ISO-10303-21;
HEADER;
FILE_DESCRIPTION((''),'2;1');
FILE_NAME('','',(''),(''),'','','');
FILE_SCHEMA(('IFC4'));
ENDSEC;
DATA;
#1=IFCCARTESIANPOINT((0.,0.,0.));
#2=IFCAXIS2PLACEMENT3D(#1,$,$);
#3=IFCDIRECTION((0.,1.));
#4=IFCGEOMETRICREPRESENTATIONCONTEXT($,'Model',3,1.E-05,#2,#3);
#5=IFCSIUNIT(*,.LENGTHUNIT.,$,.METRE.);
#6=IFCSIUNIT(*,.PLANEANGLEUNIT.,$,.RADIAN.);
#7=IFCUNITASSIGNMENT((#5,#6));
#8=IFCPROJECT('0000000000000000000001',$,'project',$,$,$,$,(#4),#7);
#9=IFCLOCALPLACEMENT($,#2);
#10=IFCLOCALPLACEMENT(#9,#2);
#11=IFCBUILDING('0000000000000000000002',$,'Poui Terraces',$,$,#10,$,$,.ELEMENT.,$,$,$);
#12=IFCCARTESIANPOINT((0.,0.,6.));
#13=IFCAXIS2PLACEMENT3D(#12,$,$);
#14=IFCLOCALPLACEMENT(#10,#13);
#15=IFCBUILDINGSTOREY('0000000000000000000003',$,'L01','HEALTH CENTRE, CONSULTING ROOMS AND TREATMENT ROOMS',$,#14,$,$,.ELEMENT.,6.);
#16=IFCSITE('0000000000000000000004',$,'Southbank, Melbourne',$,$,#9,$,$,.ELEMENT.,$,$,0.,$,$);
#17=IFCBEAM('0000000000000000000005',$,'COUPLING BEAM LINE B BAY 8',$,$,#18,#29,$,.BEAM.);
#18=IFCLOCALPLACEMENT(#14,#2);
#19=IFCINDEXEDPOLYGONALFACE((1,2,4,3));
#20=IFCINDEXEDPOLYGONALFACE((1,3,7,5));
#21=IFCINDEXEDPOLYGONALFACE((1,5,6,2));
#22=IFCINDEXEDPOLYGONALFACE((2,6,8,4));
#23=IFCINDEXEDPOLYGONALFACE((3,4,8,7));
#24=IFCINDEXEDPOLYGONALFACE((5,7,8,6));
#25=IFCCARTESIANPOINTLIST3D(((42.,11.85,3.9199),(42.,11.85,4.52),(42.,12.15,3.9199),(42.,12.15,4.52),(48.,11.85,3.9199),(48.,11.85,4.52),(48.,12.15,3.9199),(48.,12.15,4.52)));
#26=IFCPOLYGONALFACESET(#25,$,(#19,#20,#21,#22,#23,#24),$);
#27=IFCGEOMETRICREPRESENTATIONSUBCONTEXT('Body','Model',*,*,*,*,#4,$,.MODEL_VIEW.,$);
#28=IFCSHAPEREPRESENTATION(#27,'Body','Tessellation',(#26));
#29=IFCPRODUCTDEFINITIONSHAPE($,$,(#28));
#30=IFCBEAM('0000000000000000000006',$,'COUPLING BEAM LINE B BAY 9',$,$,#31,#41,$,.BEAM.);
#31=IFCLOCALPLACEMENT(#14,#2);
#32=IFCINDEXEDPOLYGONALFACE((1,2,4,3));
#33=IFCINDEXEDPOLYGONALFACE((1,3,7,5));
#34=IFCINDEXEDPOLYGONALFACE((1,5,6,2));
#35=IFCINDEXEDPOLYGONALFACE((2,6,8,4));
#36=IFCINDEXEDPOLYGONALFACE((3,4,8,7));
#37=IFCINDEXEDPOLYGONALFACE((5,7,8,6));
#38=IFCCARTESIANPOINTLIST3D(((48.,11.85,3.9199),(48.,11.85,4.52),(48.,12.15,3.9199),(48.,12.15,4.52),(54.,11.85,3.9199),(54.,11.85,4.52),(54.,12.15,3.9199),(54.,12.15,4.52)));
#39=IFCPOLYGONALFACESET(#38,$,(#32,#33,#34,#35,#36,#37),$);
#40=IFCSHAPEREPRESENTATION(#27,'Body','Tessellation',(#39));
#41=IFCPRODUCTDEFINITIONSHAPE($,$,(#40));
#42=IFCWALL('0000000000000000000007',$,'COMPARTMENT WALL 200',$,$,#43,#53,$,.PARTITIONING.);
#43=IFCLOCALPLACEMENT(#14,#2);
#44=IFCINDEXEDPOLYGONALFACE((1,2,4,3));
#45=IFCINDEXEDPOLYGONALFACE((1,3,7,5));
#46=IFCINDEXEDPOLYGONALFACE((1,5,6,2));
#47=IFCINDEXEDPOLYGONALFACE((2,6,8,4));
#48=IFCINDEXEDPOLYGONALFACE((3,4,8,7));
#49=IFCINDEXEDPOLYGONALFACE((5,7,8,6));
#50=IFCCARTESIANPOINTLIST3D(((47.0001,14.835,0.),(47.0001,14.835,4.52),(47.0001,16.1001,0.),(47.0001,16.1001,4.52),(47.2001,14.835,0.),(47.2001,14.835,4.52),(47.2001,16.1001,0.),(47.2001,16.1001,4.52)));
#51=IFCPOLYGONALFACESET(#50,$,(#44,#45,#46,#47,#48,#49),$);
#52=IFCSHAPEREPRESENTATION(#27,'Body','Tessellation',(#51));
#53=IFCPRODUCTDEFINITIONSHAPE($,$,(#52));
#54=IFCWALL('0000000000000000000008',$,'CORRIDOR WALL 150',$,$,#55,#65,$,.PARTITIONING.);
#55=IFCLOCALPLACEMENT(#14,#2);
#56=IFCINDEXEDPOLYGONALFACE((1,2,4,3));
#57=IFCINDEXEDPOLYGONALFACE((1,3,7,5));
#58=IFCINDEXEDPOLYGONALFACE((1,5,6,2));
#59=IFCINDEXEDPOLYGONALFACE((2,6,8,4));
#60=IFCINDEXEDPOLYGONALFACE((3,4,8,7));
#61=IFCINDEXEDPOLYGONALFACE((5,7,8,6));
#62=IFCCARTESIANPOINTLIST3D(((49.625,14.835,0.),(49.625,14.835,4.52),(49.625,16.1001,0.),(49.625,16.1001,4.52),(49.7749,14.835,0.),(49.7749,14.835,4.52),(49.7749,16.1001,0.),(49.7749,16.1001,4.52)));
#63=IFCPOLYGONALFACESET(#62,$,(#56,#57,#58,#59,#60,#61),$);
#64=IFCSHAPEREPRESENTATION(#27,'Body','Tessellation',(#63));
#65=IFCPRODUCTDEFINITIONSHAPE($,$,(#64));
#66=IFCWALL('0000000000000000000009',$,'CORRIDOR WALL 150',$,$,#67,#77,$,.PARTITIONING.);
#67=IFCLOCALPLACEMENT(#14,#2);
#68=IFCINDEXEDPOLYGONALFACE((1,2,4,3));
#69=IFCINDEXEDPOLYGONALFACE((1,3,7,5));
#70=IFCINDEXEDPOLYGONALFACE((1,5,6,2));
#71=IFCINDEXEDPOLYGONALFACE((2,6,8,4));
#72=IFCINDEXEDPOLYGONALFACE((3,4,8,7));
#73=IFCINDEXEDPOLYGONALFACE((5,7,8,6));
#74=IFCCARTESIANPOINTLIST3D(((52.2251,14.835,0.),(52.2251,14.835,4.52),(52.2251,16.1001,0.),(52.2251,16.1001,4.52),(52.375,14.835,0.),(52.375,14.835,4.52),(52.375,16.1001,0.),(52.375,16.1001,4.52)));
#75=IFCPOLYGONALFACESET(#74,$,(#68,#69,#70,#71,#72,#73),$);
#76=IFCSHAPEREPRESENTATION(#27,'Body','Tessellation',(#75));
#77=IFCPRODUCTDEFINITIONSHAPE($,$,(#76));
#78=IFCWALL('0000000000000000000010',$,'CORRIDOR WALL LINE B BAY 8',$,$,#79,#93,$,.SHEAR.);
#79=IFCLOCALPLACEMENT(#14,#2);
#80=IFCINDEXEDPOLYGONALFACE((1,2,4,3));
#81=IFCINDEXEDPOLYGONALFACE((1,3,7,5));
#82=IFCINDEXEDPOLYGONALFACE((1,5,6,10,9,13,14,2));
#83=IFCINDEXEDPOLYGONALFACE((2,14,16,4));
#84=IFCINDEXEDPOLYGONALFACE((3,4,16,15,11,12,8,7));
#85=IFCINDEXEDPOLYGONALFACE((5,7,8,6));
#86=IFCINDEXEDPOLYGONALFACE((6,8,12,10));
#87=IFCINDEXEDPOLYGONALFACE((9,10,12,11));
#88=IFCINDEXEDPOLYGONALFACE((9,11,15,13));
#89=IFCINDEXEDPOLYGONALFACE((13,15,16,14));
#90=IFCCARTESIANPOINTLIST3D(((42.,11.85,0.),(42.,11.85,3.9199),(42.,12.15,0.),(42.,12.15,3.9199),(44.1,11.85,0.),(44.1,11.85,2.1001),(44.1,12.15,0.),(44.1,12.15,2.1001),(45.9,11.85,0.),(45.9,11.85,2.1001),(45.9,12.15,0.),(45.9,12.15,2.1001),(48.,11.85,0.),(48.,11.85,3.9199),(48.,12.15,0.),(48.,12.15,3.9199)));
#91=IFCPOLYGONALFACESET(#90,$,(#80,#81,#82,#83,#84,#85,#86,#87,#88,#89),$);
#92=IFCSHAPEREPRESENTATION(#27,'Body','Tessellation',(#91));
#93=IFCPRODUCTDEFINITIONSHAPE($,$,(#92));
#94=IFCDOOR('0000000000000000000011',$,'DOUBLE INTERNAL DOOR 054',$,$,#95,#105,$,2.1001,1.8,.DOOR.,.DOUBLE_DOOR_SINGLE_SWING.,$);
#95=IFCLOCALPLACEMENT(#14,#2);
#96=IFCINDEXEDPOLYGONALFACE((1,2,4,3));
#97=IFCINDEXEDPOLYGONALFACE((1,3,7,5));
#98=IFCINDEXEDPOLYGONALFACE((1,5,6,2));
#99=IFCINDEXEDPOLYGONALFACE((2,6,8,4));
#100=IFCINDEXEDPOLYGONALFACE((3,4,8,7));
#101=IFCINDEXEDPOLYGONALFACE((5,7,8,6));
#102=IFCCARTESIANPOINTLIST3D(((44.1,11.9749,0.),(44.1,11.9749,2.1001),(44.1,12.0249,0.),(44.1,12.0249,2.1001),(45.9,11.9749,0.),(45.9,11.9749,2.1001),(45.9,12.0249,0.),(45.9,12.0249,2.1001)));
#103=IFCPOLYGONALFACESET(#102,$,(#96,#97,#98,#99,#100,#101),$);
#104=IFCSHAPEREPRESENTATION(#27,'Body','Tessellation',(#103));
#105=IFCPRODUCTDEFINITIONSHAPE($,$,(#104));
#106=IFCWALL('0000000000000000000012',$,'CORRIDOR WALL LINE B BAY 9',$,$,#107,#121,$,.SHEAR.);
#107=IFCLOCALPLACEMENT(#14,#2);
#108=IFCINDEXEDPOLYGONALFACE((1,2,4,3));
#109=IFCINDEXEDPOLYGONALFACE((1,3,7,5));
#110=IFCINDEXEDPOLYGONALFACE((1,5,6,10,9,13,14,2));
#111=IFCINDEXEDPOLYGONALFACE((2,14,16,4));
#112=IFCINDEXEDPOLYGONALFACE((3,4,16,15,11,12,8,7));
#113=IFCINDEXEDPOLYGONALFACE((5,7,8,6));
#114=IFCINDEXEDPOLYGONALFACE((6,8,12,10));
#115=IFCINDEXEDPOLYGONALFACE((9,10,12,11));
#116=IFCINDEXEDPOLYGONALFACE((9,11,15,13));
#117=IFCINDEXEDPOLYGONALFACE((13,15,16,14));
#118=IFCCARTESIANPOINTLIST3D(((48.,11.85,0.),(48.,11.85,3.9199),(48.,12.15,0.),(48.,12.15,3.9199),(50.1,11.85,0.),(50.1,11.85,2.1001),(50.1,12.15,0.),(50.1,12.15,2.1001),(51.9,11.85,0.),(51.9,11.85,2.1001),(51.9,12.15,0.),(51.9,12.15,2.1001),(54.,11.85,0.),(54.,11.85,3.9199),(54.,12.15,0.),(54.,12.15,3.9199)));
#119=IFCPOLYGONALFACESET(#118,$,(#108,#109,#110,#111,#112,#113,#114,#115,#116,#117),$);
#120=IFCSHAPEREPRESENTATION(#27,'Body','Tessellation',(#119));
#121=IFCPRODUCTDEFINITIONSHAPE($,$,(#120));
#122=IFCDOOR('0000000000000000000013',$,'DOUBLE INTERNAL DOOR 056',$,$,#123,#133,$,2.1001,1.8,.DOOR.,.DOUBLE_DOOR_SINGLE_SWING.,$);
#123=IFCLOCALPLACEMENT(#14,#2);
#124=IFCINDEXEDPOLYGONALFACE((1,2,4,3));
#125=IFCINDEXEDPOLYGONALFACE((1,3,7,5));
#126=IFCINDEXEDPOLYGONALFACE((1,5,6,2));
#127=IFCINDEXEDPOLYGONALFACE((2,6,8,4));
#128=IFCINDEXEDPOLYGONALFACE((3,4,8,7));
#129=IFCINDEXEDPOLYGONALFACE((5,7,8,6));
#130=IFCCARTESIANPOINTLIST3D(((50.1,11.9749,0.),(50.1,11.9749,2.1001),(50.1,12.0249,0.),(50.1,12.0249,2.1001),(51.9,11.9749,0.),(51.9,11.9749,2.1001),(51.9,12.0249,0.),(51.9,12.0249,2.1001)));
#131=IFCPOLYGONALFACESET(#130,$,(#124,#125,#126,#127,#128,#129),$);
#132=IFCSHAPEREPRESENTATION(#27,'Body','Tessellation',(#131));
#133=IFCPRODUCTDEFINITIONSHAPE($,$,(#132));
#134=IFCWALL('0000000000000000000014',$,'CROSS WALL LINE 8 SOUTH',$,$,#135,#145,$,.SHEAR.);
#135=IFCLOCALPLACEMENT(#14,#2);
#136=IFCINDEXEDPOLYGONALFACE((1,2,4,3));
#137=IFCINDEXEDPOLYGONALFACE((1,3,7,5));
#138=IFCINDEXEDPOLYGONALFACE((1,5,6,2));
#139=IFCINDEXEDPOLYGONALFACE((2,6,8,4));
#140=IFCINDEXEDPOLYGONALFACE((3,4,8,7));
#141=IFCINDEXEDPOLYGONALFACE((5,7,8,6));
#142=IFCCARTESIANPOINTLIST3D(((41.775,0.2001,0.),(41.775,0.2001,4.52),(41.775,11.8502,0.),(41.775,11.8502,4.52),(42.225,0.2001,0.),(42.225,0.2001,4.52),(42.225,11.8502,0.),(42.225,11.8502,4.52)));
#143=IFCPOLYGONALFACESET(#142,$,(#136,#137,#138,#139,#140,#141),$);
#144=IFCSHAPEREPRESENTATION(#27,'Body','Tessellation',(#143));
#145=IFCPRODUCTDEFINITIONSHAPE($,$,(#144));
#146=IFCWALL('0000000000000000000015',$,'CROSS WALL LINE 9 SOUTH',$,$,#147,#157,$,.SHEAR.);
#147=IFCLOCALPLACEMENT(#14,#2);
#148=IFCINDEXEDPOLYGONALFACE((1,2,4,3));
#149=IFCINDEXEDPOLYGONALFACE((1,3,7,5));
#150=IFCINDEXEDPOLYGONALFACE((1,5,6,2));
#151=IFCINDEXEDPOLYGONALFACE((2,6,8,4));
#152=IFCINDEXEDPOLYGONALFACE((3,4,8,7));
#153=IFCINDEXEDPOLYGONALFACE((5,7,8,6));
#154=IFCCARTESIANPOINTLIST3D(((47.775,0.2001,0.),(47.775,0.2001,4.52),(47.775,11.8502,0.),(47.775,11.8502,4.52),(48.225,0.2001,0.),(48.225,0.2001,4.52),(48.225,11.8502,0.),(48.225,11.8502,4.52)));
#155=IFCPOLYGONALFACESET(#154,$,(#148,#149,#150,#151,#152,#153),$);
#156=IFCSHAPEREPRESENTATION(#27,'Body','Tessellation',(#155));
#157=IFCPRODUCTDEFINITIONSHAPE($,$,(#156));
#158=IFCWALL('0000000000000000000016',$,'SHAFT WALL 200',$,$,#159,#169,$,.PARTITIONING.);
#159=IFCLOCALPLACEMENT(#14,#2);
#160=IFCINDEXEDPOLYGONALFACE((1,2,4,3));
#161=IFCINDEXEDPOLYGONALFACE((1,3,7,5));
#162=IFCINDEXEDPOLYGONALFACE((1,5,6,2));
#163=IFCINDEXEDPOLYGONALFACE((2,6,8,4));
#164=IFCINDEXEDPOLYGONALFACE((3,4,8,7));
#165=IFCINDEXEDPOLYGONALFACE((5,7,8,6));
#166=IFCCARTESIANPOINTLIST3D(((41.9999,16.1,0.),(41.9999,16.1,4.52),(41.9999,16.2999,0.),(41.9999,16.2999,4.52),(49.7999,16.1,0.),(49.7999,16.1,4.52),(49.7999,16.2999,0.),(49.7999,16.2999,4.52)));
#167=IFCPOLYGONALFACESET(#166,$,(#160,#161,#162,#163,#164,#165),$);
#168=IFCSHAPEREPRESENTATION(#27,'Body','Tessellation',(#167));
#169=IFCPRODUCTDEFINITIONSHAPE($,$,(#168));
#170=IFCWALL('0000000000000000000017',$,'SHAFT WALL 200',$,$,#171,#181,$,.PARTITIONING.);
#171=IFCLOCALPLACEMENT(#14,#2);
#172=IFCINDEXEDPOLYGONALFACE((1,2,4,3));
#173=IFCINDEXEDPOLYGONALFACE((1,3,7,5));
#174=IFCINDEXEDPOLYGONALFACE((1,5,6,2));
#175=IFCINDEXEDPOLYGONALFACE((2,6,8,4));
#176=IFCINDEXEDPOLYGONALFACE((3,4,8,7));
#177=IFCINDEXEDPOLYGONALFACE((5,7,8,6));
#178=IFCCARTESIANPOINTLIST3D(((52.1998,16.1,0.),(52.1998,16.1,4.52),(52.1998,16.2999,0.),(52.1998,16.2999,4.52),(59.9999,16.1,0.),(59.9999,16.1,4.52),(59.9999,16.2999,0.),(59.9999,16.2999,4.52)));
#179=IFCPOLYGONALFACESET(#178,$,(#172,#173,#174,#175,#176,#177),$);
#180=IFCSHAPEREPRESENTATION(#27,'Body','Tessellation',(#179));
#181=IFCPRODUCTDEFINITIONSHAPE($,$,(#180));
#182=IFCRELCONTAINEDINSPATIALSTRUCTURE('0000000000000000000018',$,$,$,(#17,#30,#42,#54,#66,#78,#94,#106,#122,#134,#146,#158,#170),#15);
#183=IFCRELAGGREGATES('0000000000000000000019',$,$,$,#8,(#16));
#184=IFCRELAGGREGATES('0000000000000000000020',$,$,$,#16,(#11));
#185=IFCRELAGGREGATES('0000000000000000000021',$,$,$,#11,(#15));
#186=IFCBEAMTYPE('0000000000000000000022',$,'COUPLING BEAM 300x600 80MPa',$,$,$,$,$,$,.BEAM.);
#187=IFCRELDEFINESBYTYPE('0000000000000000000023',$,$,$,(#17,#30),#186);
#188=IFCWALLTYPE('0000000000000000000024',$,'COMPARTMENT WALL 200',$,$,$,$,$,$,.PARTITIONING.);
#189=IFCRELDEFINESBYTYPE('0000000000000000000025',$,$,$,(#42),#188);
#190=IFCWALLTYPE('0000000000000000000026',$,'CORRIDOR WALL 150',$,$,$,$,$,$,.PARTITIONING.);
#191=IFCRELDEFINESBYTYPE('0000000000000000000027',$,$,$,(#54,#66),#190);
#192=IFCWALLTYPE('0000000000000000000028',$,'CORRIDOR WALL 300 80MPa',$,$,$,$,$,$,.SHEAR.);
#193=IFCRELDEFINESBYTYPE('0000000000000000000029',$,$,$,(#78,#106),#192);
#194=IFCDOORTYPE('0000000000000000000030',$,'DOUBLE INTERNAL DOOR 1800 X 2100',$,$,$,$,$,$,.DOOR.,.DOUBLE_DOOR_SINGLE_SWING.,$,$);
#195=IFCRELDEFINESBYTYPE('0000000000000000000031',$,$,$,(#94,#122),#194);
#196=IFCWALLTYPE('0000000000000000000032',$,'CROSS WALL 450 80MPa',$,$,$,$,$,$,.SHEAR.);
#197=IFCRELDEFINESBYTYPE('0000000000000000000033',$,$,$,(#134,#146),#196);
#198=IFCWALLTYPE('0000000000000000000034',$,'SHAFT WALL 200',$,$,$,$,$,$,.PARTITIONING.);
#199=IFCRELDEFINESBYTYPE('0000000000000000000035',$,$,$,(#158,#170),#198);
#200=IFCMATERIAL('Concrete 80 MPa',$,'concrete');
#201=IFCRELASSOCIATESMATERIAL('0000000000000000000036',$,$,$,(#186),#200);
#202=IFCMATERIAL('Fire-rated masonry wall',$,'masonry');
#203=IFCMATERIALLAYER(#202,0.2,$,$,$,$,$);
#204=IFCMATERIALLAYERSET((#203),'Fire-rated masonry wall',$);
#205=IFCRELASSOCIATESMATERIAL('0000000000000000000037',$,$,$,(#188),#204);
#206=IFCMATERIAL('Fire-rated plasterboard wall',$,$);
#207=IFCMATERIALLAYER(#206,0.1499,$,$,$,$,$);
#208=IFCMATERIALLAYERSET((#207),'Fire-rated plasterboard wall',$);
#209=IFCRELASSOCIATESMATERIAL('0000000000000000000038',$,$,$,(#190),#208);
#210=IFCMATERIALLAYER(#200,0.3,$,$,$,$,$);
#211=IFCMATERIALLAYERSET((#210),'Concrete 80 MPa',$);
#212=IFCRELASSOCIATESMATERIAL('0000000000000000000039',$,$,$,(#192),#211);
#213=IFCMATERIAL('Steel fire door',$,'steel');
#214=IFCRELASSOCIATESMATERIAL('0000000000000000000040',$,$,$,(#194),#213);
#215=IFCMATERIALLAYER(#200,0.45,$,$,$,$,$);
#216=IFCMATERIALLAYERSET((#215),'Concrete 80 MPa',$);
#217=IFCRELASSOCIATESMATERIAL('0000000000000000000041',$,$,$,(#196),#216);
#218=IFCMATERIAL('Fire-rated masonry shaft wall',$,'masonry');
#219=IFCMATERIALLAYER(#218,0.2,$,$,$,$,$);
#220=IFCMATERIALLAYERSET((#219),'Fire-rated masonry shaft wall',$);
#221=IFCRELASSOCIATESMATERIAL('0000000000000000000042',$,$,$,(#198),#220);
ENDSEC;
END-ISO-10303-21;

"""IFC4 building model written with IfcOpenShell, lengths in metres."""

from ifc_helpers import new_model, si_unit, direction, frame, frame_2d, origin, origin_2d, place, context, subcontext, project, spatial, rectangle, extrude, source, transform, mapped, material, layer, layer_set, material_profile, profile_set, type_object, element, fill, save


model = new_model("IFC4")

# Units and contexts
model_context = context("Model", 3, precision=1e-05, world=origin(), true_north=direction((0.0, 1.0)))
body_context = subcontext(model_context, "Body", "Model", "MODEL_VIEW")
ifc_project = project(units=[si_unit("LENGTHUNIT", "METRE"), si_unit("PLANEANGLEUNIT", "RADIAN")], contexts=[model_context])

# Site, building, storey
site_placement = place(None, origin())
site = spatial("IfcSite", under=ifc_project, at=site_placement, Name="Southbank, Melbourne", CompositionType="ELEMENT", RefElevation=0.0)
building_placement = place(site_placement, origin())
building = spatial("IfcBuilding", under=site, at=building_placement, Name="Poui Terraces", CompositionType="ELEMENT")
storey_placement = place(building_placement, frame((0.0, 0.0, 6.0)))
storey = spatial("IfcBuildingStorey", under=building, at=storey_placement, Name="L01", Description="HEALTH CENTRE, CONSULTING ROOMS AND TREATMENT ROOMS", CompositionType="ELEMENT", Elevation=6.0)

# Beams
ifc_material_1 = material(Name="Concrete 80 MPa", Category="concrete")
ifc_material_profile = material_profile(ifc_material_1, rectangle(XDim=0.3, YDim=0.6001, at=origin_2d()), Name="RC 300x600")
ifc_profile_set = profile_set([ifc_material_profile], Name="Concrete 80 MPa")
beam_type = type_object("IfcBeamType", Name="COUPLING BEAM 300x600 80MPa", PredefinedType="BEAM", material=ifc_profile_set)
shared_shape = source(origin(), body_context, "Body", "SweptSolid", [
    extrude(rectangle(XDim=0.3, YDim=0.6001, at=origin_2d()), origin(), (0.0, 0.0, 1.0), 6.0),
])
for number, where, z_axis, x_axis, name in (
    (1, (42.0, 12.0, 4.22), (1.0, 0.0, 0.0), (0.0, 1.0, 0.0), "COUPLING BEAM LINE B BAY 8"),
    (2, (48.0, 12.0, 4.22), (1.0, 0.0, 0.0), (0.0, 1.0, 0.0), "COUPLING BEAM LINE B BAY 9"),
):
    element("IfcBeam", number, at=place(storey_placement, frame(where, z_axis=z_axis, x_axis=x_axis)), inside=storey, type_object=beam_type, Name=name, PredefinedType="BEAM", context=body_context, shape_type="MappedRepresentation", body=[
        mapped(shared_shape, transform((0.0, 0.0, 0.0))),
    ])

# Walls
ifc_material_2 = material(Name="Fire-rated masonry wall", Category="masonry")
ifc_layer_1 = layer(ifc_material_2, 0.2)
ifc_layer_set_1 = layer_set([ifc_layer_1], Name="Fire-rated masonry wall")
wall_type_1 = type_object("IfcWallType", Name="COMPARTMENT WALL 200", PredefinedType="PARTITIONING", material=ifc_layer_set_1)
wall_1_placement = place(storey_placement, frame((47.1001, 14.835, 0.0), z_axis=(0.0, 0.0, 1.0), x_axis=(0.0, 1.0, 0.0)))
element("IfcWall", 3, at=wall_1_placement, inside=storey, type_object=wall_type_1, Name="COMPARTMENT WALL 200", PredefinedType="PARTITIONING", context=body_context, shape_type="SweptSolid", body=[
    extrude(rectangle(XDim=1.2651, YDim=0.2, at=frame_2d((0.6326, 0.0))), origin(), (0.0, 0.0, 1.0), 4.52),
])
ifc_material_3 = material(Name="Fire-rated plasterboard wall")
ifc_layer_2 = layer(ifc_material_3, 0.1499)
ifc_layer_set_2 = layer_set([ifc_layer_2], Name="Fire-rated plasterboard wall")
wall_type_2 = type_object("IfcWallType", Name="CORRIDOR WALL 150", PredefinedType="PARTITIONING", material=ifc_layer_set_2)
for number, where, z_axis, x_axis, name in (
    (4, (49.7, 14.835, 0.0), (0.0, 0.0, 1.0), (0.0, 1.0, 0.0), "CORRIDOR WALL 150"),
    (5, (52.3, 14.835, 0.0), (0.0, 0.0, 1.0), (0.0, 1.0, 0.0), "CORRIDOR WALL 150"),
):
    element("IfcWall", number, at=place(storey_placement, frame(where, z_axis=z_axis, x_axis=x_axis)), inside=storey, type_object=wall_type_2, Name=name, PredefinedType="PARTITIONING", context=body_context, shape_type="SweptSolid", body=[
        extrude(rectangle(XDim=1.2651, YDim=0.1499, at=frame_2d((0.6326, 0.0))), origin(), (0.0, 0.0, 1.0), 4.52),
    ])

# Walls, openings, doors
ifc_layer_3 = layer(ifc_material_1, 0.3)
ifc_layer_set_3 = layer_set([ifc_layer_3], Name="Concrete 80 MPa")
wall_type_3 = type_object("IfcWallType", Name="CORRIDOR WALL 300 80MPa", PredefinedType="SHEAR", material=ifc_layer_set_3)
wall_2_placement = place(storey_placement, frame((42.0, 12.0, 0.0), z_axis=(0.0, 0.0, 1.0), x_axis=(1.0, 0.0, 0.0)))
wall_2 = element("IfcWall", 6, at=wall_2_placement, inside=storey, type_object=wall_type_3, Name="CORRIDOR WALL LINE B BAY 8", PredefinedType="SHEAR", context=body_context, shape_type="SweptSolid", body=[
    extrude(rectangle(XDim=6.0, YDim=0.3, at=frame_2d((3.0, 0.0))), origin(), (0.0, 0.0, 1.0), 3.9199),
])
opening_1_placement = place(wall_2_placement, frame((2.1001, 0.0, 0.0)))
opening_1 = element("IfcOpeningElement", 7, at=opening_1_placement, cuts=wall_2, PredefinedType="OPENING", context=body_context, shape_type="SweptSolid", body=[
    extrude(rectangle(XDim=1.8, YDim=2.1001, at=frame_2d((0.8999, 1.05))), frame((0.0, 0.1602, 0.0), z_axis=(0.0, -1.0, 0.0), x_axis=(1.0, 0.0, 0.0)), (0.0, 0.0, 1.0), 0.3201),
])
ifc_material_4 = material(Name="Steel fire door", Category="steel")
door_type_1 = type_object("IfcDoorType", Name="DOUBLE INTERNAL DOOR 1800 X 2100", OperationType="DOUBLE_DOOR_SINGLE_SWING", PredefinedType="DOOR", material=ifc_material_4)
door_1_placement = place(opening_1_placement, origin())
door_1 = element("IfcDoor", 8, at=door_1_placement, inside=storey, type_object=door_type_1, Name="DOUBLE INTERNAL DOOR 054", OperationType="DOUBLE_DOOR_SINGLE_SWING", OverallHeight=2.1001, OverallWidth=1.8, PredefinedType="DOOR", context=body_context, shape_type="SweptSolid", body=[
    extrude(rectangle(XDim=1.8, YDim=2.1001, at=frame_2d((0.8999, 1.05))), frame((0.0, 0.0249, 0.0), z_axis=(0.0, -1.0, 0.0), x_axis=(1.0, 0.0, 0.0)), (0.0, 0.0, 1.0), 0.05),
])
fill(opening_1, door_1)
wall_3_placement = place(storey_placement, frame((48.0, 12.0, 0.0), z_axis=(0.0, 0.0, 1.0), x_axis=(1.0, 0.0, 0.0)))
wall_3 = element("IfcWall", 9, at=wall_3_placement, inside=storey, type_object=wall_type_3, Name="CORRIDOR WALL LINE B BAY 9", PredefinedType="SHEAR", context=body_context, shape_type="SweptSolid", body=[
    extrude(rectangle(XDim=6.0, YDim=0.3, at=frame_2d((3.0, 0.0))), origin(), (0.0, 0.0, 1.0), 3.9199),
])
opening_2_placement = place(wall_3_placement, frame((2.1001, 0.0, 0.0)))
opening_2 = element("IfcOpeningElement", 10, at=opening_2_placement, cuts=wall_3, PredefinedType="OPENING", context=body_context, shape_type="SweptSolid", body=[
    extrude(rectangle(XDim=1.8, YDim=2.1001, at=frame_2d((0.8999, 1.05))), frame((0.0, 0.1602, 0.0), z_axis=(0.0, -1.0, 0.0), x_axis=(1.0, 0.0, 0.0)), (0.0, 0.0, 1.0), 0.3201),
])
door_2_placement = place(opening_2_placement, origin())
door_2 = element("IfcDoor", 11, at=door_2_placement, inside=storey, type_object=door_type_1, Name="DOUBLE INTERNAL DOOR 056", OperationType="DOUBLE_DOOR_SINGLE_SWING", OverallHeight=2.1001, OverallWidth=1.8, PredefinedType="DOOR", context=body_context, shape_type="SweptSolid", body=[
    extrude(rectangle(XDim=1.8, YDim=2.1001, at=frame_2d((0.8999, 1.05))), frame((0.0, 0.0249, 0.0), z_axis=(0.0, -1.0, 0.0), x_axis=(1.0, 0.0, 0.0)), (0.0, 0.0, 1.0), 0.05),
])
fill(opening_2, door_2)

# Walls
ifc_layer_4 = layer(ifc_material_1, 0.45)
ifc_layer_set_4 = layer_set([ifc_layer_4], Name="Concrete 80 MPa")
wall_type_4 = type_object("IfcWallType", Name="CROSS WALL 450 80MPa", PredefinedType="SHEAR", material=ifc_layer_set_4)
for number, where, z_axis, x_axis, name in (
    (12, (42.0, 0.2, 0.0), (0.0, 0.0, 1.0), (0.0, 1.0, 0.0), "CROSS WALL LINE 8 SOUTH"),
    (13, (48.0, 0.2, 0.0), (0.0, 0.0, 1.0), (0.0, 1.0, 0.0), "CROSS WALL LINE 9 SOUTH"),
):
    element("IfcWall", number, at=place(storey_placement, frame(where, z_axis=z_axis, x_axis=x_axis)), inside=storey, type_object=wall_type_4, Name=name, PredefinedType="SHEAR", context=body_context, shape_type="SweptSolid", body=[
        extrude(rectangle(XDim=11.6501, YDim=0.45, at=frame_2d((5.8252, 0.0))), origin(), (0.0, 0.0, 1.0), 4.52),
    ])
ifc_material_5 = material(Name="Fire-rated masonry shaft wall", Category="masonry")
ifc_layer_5 = layer(ifc_material_5, 0.2)
ifc_layer_set_5 = layer_set([ifc_layer_5], Name="Fire-rated masonry shaft wall")
wall_type_5 = type_object("IfcWallType", Name="SHAFT WALL 200", PredefinedType="PARTITIONING", material=ifc_layer_set_5)
for number, where, z_axis, x_axis, name in (
    (14, (42.0, 16.2, 0.0), (0.0, 0.0, 1.0), (1.0, 0.0, 0.0), "SHAFT WALL 200"),
    (15, (52.2, 16.2, 0.0), (0.0, 0.0, 1.0), (1.0, 0.0, 0.0), "SHAFT WALL 200"),
):
    element("IfcWall", number, at=place(storey_placement, frame(where, z_axis=z_axis, x_axis=x_axis)), inside=storey, type_object=wall_type_5, Name=name, PredefinedType="PARTITIONING", context=body_context, shape_type="SweptSolid", body=[
        extrude(rectangle(XDim=7.8, YDim=0.2, at=frame_2d((3.8999, 0.0))), origin(), (0.0, 0.0, 1.0), 4.52),
    ])

save(model, "model.ifc")
